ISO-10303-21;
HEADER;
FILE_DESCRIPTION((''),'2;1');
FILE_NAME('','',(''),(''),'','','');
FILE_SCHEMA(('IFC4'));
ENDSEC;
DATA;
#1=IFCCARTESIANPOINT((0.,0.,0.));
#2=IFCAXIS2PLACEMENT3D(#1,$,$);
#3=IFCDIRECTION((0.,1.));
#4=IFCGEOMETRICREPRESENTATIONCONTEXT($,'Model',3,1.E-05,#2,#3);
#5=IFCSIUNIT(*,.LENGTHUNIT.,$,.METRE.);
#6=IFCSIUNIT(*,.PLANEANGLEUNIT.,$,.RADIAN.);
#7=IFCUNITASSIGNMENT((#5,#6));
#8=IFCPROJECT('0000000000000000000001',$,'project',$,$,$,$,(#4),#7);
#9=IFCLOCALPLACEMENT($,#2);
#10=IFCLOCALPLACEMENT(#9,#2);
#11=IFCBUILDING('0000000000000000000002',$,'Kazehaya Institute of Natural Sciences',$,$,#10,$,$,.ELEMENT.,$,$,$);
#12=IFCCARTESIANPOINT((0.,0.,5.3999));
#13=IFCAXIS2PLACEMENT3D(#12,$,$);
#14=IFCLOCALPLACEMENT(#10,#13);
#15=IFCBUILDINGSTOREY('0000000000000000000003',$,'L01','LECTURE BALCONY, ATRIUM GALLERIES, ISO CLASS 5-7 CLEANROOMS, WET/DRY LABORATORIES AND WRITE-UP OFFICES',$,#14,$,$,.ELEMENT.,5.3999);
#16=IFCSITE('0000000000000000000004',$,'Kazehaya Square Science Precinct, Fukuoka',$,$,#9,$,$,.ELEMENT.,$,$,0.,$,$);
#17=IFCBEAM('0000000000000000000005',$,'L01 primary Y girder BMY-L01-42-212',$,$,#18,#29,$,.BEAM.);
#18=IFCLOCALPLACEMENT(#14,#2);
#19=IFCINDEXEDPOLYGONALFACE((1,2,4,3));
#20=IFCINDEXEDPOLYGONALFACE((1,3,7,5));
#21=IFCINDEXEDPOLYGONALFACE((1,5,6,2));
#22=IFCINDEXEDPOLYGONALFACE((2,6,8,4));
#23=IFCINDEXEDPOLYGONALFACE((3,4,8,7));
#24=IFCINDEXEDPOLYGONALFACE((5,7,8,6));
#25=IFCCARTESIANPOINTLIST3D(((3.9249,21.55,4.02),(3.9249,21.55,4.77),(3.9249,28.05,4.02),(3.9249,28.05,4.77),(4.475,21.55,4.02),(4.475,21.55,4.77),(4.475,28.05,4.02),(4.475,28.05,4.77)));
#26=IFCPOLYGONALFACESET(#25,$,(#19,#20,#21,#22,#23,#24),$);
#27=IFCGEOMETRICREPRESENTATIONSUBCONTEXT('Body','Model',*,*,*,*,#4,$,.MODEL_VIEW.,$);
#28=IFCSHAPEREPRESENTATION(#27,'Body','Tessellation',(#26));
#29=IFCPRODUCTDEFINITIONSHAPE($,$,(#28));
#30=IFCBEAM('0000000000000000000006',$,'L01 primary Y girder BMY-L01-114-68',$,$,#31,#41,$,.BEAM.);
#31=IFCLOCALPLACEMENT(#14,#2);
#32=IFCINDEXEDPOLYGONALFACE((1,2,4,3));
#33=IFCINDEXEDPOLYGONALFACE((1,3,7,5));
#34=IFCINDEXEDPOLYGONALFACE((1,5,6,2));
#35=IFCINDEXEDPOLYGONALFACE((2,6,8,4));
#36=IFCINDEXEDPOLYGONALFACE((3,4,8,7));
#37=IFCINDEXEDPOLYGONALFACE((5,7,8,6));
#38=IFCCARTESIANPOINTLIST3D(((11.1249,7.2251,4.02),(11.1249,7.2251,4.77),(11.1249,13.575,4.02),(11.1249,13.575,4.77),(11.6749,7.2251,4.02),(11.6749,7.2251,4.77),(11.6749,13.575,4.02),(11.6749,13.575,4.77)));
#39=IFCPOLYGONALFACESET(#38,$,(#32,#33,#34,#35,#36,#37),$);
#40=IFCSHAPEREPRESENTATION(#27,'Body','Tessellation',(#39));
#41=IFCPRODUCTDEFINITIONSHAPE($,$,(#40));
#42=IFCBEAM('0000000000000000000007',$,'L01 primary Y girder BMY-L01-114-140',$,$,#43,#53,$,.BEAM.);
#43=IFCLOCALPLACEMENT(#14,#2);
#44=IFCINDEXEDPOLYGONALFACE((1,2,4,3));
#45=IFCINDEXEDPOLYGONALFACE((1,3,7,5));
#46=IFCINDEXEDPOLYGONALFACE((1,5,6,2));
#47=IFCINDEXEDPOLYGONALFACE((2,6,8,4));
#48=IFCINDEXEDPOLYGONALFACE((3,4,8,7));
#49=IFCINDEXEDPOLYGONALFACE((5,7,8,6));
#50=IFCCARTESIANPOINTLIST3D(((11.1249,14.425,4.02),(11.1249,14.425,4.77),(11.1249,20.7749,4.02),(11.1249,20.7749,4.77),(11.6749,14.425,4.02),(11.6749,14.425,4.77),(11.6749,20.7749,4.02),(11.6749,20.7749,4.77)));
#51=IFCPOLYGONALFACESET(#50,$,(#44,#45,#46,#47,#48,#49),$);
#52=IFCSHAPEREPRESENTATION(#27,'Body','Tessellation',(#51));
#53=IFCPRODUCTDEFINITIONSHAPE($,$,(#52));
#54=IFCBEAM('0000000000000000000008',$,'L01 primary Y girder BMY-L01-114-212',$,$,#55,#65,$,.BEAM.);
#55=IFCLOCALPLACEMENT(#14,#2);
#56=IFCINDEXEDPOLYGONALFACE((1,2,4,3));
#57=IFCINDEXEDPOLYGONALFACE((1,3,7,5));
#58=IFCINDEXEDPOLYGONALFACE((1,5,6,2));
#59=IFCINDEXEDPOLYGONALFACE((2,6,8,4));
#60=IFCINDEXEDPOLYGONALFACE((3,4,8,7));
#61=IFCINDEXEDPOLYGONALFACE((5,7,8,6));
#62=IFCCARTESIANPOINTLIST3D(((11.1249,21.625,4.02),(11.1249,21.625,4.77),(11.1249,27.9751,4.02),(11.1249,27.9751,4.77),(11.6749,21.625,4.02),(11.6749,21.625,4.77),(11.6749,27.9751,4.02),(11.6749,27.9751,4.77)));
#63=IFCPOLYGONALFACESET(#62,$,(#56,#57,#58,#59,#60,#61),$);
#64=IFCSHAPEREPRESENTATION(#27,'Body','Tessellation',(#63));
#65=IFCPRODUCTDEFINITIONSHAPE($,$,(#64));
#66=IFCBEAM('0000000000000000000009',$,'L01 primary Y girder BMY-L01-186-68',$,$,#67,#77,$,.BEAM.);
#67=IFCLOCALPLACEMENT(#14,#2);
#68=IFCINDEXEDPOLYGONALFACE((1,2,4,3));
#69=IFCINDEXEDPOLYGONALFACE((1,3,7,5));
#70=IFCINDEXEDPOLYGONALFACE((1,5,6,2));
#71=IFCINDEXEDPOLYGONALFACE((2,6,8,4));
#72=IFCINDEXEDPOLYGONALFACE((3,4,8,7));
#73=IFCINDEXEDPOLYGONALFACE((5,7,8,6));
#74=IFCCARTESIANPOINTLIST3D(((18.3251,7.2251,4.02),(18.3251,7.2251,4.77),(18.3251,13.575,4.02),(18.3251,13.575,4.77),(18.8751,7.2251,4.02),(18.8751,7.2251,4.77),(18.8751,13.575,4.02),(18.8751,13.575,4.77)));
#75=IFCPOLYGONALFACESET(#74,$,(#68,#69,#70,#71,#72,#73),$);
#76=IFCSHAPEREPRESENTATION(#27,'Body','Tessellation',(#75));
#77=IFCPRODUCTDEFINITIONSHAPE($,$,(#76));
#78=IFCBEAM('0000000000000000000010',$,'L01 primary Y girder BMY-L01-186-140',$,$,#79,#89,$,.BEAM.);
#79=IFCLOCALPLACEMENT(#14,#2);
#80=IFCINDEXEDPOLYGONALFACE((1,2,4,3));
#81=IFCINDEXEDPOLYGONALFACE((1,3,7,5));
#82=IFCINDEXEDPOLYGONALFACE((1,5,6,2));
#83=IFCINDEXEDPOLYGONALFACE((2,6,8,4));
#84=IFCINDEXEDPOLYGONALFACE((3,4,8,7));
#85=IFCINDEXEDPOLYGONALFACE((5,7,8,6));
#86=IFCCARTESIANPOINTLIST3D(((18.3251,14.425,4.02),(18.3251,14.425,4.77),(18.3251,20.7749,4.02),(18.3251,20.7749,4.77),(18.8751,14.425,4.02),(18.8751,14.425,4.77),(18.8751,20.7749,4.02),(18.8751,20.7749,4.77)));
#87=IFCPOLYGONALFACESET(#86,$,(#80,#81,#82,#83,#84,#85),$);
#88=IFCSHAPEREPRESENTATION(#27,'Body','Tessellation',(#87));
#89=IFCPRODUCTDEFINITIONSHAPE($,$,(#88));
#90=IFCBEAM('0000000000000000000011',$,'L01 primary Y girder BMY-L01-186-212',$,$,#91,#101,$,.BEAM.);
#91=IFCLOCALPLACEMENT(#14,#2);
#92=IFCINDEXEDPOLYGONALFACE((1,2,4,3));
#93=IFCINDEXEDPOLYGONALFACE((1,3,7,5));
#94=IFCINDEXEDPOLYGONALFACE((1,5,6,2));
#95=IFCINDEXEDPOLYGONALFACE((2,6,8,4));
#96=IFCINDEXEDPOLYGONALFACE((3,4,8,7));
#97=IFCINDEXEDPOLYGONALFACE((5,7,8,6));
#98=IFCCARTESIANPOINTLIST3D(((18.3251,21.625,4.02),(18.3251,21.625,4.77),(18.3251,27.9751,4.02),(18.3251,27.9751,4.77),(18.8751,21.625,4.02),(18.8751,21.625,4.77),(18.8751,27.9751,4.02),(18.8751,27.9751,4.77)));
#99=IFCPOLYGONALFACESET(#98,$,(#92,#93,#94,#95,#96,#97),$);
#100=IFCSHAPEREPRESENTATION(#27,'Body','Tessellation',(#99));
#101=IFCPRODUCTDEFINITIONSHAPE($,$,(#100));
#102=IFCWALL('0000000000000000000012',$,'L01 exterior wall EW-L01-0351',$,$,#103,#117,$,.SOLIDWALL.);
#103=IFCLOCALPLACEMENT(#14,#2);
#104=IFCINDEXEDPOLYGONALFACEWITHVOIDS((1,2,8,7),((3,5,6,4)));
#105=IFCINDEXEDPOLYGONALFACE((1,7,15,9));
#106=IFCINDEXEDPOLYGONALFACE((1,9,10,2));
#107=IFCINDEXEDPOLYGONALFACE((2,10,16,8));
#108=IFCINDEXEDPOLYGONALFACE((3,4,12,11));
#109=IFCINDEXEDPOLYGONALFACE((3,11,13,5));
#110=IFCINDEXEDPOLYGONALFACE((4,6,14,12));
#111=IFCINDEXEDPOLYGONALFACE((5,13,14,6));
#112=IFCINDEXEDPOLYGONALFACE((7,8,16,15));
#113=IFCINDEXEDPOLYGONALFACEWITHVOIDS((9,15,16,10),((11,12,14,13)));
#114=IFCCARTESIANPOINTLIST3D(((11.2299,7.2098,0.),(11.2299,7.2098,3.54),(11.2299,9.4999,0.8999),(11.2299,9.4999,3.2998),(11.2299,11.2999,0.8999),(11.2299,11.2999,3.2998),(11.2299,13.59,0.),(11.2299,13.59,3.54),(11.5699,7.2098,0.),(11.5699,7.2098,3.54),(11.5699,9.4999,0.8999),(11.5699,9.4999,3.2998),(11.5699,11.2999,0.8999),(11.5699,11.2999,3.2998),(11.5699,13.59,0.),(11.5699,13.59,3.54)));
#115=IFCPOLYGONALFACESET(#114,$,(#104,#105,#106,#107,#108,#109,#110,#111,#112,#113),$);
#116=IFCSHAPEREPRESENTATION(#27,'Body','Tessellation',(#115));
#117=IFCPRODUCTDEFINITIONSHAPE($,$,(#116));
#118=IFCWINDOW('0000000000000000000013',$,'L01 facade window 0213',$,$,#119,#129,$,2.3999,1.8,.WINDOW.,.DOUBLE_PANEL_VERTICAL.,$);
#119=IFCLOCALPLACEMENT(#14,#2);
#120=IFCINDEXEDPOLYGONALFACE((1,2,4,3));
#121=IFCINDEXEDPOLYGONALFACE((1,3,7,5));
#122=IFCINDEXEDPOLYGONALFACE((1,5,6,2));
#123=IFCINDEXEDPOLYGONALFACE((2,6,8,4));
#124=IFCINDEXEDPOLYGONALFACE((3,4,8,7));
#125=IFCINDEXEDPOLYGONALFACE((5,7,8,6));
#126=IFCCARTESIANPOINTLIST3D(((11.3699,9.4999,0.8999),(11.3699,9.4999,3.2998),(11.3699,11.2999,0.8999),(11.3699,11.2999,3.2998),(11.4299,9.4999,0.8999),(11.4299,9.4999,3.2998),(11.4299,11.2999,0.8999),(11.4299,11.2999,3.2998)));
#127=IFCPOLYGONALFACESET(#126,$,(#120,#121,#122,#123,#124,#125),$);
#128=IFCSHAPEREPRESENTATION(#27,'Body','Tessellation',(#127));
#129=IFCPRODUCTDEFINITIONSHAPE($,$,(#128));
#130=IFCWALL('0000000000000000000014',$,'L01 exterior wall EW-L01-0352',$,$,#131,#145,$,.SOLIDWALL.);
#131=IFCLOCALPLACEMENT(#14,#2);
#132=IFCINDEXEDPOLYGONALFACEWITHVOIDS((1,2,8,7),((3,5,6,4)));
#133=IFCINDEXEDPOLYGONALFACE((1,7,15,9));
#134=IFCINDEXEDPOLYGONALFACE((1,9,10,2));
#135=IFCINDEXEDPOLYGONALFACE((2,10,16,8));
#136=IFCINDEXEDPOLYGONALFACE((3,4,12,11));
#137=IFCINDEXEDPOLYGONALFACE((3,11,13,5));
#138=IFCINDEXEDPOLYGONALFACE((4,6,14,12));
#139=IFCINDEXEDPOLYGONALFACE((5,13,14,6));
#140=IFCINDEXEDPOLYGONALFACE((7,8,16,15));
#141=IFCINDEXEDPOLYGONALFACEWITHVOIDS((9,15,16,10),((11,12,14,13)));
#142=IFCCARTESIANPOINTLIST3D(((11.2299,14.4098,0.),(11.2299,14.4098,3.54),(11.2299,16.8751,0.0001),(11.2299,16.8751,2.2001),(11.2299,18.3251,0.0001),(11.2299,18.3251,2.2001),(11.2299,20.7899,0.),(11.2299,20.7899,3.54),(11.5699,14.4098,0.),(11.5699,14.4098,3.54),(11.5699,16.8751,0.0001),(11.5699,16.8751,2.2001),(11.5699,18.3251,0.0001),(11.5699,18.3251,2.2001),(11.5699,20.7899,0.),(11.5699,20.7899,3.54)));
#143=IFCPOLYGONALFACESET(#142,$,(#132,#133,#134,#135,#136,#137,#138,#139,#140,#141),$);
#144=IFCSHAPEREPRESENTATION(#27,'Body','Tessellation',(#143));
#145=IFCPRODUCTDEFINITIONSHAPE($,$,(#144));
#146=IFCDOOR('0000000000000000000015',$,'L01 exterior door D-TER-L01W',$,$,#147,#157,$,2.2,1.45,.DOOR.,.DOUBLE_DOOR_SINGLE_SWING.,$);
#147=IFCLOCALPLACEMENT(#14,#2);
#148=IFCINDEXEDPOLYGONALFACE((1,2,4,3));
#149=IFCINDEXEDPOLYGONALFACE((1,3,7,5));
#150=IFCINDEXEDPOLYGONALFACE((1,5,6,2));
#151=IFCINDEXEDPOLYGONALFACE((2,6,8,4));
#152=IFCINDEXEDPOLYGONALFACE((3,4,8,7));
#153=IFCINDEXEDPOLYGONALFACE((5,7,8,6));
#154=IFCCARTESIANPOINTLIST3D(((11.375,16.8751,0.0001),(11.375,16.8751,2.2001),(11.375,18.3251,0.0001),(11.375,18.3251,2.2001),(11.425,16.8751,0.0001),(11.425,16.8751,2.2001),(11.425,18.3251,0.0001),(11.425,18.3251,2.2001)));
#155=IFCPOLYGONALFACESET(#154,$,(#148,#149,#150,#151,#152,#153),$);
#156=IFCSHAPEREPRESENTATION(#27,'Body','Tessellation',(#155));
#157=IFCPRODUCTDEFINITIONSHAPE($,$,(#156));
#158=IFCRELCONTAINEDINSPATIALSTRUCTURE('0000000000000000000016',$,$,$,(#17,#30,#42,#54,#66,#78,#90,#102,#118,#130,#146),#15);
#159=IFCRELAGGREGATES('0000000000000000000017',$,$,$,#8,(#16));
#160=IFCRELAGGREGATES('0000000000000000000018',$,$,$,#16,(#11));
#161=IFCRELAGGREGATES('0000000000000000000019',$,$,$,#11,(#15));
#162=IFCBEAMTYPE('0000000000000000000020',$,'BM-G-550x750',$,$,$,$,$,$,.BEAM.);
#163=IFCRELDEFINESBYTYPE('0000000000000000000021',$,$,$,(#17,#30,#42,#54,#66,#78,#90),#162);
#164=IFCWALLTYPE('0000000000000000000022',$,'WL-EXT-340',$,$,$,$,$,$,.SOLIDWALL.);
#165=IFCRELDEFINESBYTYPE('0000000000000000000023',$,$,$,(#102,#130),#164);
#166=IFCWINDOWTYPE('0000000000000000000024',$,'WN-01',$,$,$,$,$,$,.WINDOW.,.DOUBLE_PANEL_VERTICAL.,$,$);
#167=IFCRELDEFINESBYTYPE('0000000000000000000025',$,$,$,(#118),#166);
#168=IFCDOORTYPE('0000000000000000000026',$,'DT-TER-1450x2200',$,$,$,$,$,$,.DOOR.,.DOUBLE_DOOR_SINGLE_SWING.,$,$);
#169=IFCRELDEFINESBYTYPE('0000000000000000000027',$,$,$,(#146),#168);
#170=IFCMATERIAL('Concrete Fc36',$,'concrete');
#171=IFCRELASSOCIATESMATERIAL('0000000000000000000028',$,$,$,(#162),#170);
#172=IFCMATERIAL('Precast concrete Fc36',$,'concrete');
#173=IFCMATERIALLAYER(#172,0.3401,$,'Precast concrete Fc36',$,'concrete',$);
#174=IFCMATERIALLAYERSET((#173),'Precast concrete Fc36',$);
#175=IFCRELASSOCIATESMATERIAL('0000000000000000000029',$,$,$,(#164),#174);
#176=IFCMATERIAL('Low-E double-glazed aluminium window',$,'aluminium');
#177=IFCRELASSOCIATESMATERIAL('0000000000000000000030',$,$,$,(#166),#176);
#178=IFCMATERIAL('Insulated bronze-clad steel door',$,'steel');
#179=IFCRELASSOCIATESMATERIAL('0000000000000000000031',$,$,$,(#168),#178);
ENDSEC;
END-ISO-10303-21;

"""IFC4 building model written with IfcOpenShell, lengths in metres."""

from ifc_helpers import new_model, si_unit, direction, frame, frame_2d, origin, origin_2d, place, context, subcontext, project, spatial, rectangle, extrude, material, layer, layer_set, material_profile, profile_set, type_object, element, fill, save


model = new_model("IFC4")

# Units and contexts
model_context = context("Model", 3, precision=1e-05, world=origin(), true_north=direction((0.0, 1.0)))
body_context = subcontext(model_context, "Body", "Model", "MODEL_VIEW")
ifc_project = project(units=[si_unit("LENGTHUNIT", "METRE"), si_unit("PLANEANGLEUNIT", "RADIAN")], contexts=[model_context])

# Site, building, storey
site_placement = place(None, origin())
site = spatial("IfcSite", under=ifc_project, at=site_placement, Name="Kazehaya Square Science Precinct, Fukuoka", CompositionType="ELEMENT", RefElevation=0.0)
building_placement = place(site_placement, origin())
building = spatial("IfcBuilding", under=site, at=building_placement, Name="Kazehaya Institute of Natural Sciences", CompositionType="ELEMENT")
storey_placement = place(building_placement, frame((0.0, 0.0, 5.3999)))
storey = spatial("IfcBuildingStorey", under=building, at=storey_placement, Name="L01", Description="LECTURE BALCONY, ATRIUM GALLERIES, ISO CLASS 5-7 CLEANROOMS, WET/DRY LABORATORIES AND WRITE-UP OFFICES", CompositionType="ELEMENT", Elevation=5.3999)

# Shared definitions
ifc_material_1 = material(Name="Concrete Fc36", Category="concrete")

# Beams
ifc_material_profile_1 = material_profile(ifc_material_1, rectangle(XDim=0.55, YDim=0.75, at=origin_2d()), Name="RC-550x750")
ifc_profile_set_1 = profile_set([ifc_material_profile_1], Name="Concrete Fc36")
beam_type = type_object("IfcBeamType", Name="BM-G-550x750", PredefinedType="BEAM", material=ifc_profile_set_1)
for number, where, z_axis, x_axis, name in (
    (1, (4.2, 21.55, 4.395), (0.0, 1.0, 0.0), (-1.0, 0.0, 0.0), "L01 primary Y girder BMY-L01-42-212"),
):
    element("IfcBeam", number, at=place(storey_placement, frame(where, z_axis=z_axis, x_axis=x_axis)), inside=storey, type_object=beam_type, Name=name, PredefinedType="BEAM", context=body_context, shape_type="SweptSolid", body=[
        extrude(rectangle(XDim=0.55, YDim=0.75, at=origin_2d()), origin(), (0.0, 0.0, 1.0), 6.5),
    ])
for number, where, z_axis, x_axis, name in (
    (2, (11.3999, 7.2251, 4.395), (0.0, 1.0, 0.0), (-1.0, 0.0, 0.0), "L01 primary Y girder BMY-L01-114-68"),
    (3, (11.3999, 14.425, 4.395), (0.0, 1.0, 0.0), (-1.0, 0.0, 0.0), "L01 primary Y girder BMY-L01-114-140"),
):
    element("IfcBeam", number, at=place(storey_placement, frame(where, z_axis=z_axis, x_axis=x_axis)), inside=storey, type_object=beam_type, Name=name, PredefinedType="BEAM", context=body_context, shape_type="SweptSolid", body=[
        extrude(rectangle(XDim=0.55, YDim=0.75, at=origin_2d()), origin(), (0.0, 0.0, 1.0), 6.3499),
    ])
beam_1_placement = place(storey_placement, frame((11.3999, 21.625, 4.395), z_axis=(0.0, 1.0, 0.0), x_axis=(-1.0, 0.0, 0.0)))
element("IfcBeam", 4, at=beam_1_placement, inside=storey, type_object=beam_type, Name="L01 primary Y girder BMY-L01-114-212", PredefinedType="BEAM", context=body_context, shape_type="SweptSolid", body=[
    extrude(rectangle(XDim=0.55, YDim=0.75, at=origin_2d()), origin(), (0.0, 0.0, 1.0), 6.3501),
])
for number, where, z_axis, x_axis, name in (
    (5, (18.6001, 7.2251, 4.395), (0.0, 1.0, 0.0), (-1.0, 0.0, 0.0), "L01 primary Y girder BMY-L01-186-68"),
    (6, (18.6001, 14.425, 4.395), (0.0, 1.0, 0.0), (-1.0, 0.0, 0.0), "L01 primary Y girder BMY-L01-186-140"),
):
    element("IfcBeam", number, at=place(storey_placement, frame(where, z_axis=z_axis, x_axis=x_axis)), inside=storey, type_object=beam_type, Name=name, PredefinedType="BEAM", context=body_context, shape_type="SweptSolid", body=[
        extrude(rectangle(XDim=0.55, YDim=0.75, at=origin_2d()), origin(), (0.0, 0.0, 1.0), 6.3499),
    ])
beam_2_placement = place(storey_placement, frame((18.6001, 21.625, 4.395), z_axis=(0.0, 1.0, 0.0), x_axis=(-1.0, 0.0, 0.0)))
element("IfcBeam", 7, at=beam_2_placement, inside=storey, type_object=beam_type, Name="L01 primary Y girder BMY-L01-186-212", PredefinedType="BEAM", context=body_context, shape_type="SweptSolid", body=[
    extrude(rectangle(XDim=0.55, YDim=0.75, at=origin_2d()), origin(), (0.0, 0.0, 1.0), 6.3501),
])

# Wall, opening, window
ifc_material_2 = material(Name="Precast concrete Fc36", Category="concrete")
ifc_layer_1 = layer(ifc_material_2, 0.3401, Name="Precast concrete Fc36", Category="concrete")
ifc_layer_set_1 = layer_set([ifc_layer_1], Name="Precast concrete Fc36")
wall_type_1 = type_object("IfcWallType", Name="WL-EXT-340", PredefinedType="SOLIDWALL", material=ifc_layer_set_1)
wall_1_placement = place(storey_placement, frame((11.3999, 7.21, 0.0), z_axis=(0.0, 0.0, 1.0), x_axis=(0.0, 1.0, 0.0)))
wall_1 = element("IfcWall", 8, at=wall_1_placement, inside=storey, type_object=wall_type_1, Name="L01 exterior wall EW-L01-0351", PredefinedType="SOLIDWALL", context=body_context, shape_type="SweptSolid", body=[
    extrude(rectangle(XDim=6.3801, YDim=0.3401, at=frame_2d((3.1899, 0.0))), origin(), (0.0, 0.0, 1.0), 3.54),
])
opening_1_placement = place(wall_1_placement, frame((2.29, 0.0, 0.8999)))
opening_1 = element("IfcOpeningElement", 9, at=opening_1_placement, cuts=wall_1, PredefinedType="OPENING", context=body_context, shape_type="SweptSolid", body=[
    extrude(rectangle(XDim=1.8, YDim=2.3999, at=frame_2d((0.8999, 1.2))), frame((0.0, 0.1799, 0.0), z_axis=(0.0, -1.0, 0.0), x_axis=(1.0, 0.0, 0.0)), (0.0, 0.0, 1.0), 0.3601),
])
ifc_material_3 = material(Name="Low-E double-glazed aluminium window", Category="aluminium")
window_type_1 = type_object("IfcWindowType", Name="WN-01", PartitioningType="DOUBLE_PANEL_VERTICAL", PredefinedType="WINDOW", material=ifc_material_3)
window_1_placement = place(opening_1_placement, origin())
window_1 = element("IfcWindow", 10, at=window_1_placement, inside=storey, type_object=window_type_1, Name="L01 facade window 0213", OverallHeight=2.3999, OverallWidth=1.8, PartitioningType="DOUBLE_PANEL_VERTICAL", PredefinedType="WINDOW", context=body_context, shape_type="SweptSolid", body=[
    extrude(rectangle(XDim=1.8, YDim=2.3999, at=frame_2d((0.8999, 1.2))), frame((0.0, 0.03, 0.0), z_axis=(0.0, -1.0, 0.0), x_axis=(1.0, 0.0, 0.0)), (0.0, 0.0, 1.0), 0.0601),
])
fill(opening_1, window_1)

# Wall, opening, door
wall_2_placement = place(storey_placement, frame((11.3999, 14.4099, 0.0), z_axis=(0.0, 0.0, 1.0), x_axis=(0.0, 1.0, 0.0)))
wall_2 = element("IfcWall", 11, at=wall_2_placement, inside=storey, type_object=wall_type_1, Name="L01 exterior wall EW-L01-0352", PredefinedType="SOLIDWALL", context=body_context, shape_type="SweptSolid", body=[
    extrude(rectangle(XDim=6.3801, YDim=0.3401, at=frame_2d((3.1899, 0.0))), origin(), (0.0, 0.0, 1.0), 3.54),
])
opening_2_placement = place(wall_2_placement, frame((2.4651, 0.0, 0.0)))
opening_2 = element("IfcOpeningElement", 12, at=opening_2_placement, cuts=wall_2, PredefinedType="OPENING", context=body_context, shape_type="SweptSolid", body=[
    extrude(rectangle(XDim=1.45, YDim=2.2, at=frame_2d((0.7251, 1.1001))), frame((0.0, 0.1799, 0.0), z_axis=(0.0, -1.0, 0.0), x_axis=(1.0, 0.0, 0.0)), (0.0, 0.0, 1.0), 0.3601),
])
ifc_material_4 = material(Name="Insulated bronze-clad steel door", Category="steel")
door_type = type_object("IfcDoorType", Name="DT-TER-1450x2200", OperationType="DOUBLE_DOOR_SINGLE_SWING", PredefinedType="DOOR", material=ifc_material_4)
door_placement = place(opening_2_placement, origin())
door = element("IfcDoor", 13, at=door_placement, inside=storey, type_object=door_type, Name="L01 exterior door D-TER-L01W", OperationType="DOUBLE_DOOR_SINGLE_SWING", OverallHeight=2.2, OverallWidth=1.45, PredefinedType="DOOR", context=body_context, shape_type="SweptSolid", body=[
    extrude(rectangle(XDim=1.45, YDim=2.2, at=frame_2d((0.7251, 1.1001))), frame((0.0, 0.0249, 0.0), z_axis=(0.0, -1.0, 0.0), x_axis=(1.0, 0.0, 0.0)), (0.0, 0.0, 1.0), 0.05),
])
fill(opening_2, door)

save(model, "model.ifc")
